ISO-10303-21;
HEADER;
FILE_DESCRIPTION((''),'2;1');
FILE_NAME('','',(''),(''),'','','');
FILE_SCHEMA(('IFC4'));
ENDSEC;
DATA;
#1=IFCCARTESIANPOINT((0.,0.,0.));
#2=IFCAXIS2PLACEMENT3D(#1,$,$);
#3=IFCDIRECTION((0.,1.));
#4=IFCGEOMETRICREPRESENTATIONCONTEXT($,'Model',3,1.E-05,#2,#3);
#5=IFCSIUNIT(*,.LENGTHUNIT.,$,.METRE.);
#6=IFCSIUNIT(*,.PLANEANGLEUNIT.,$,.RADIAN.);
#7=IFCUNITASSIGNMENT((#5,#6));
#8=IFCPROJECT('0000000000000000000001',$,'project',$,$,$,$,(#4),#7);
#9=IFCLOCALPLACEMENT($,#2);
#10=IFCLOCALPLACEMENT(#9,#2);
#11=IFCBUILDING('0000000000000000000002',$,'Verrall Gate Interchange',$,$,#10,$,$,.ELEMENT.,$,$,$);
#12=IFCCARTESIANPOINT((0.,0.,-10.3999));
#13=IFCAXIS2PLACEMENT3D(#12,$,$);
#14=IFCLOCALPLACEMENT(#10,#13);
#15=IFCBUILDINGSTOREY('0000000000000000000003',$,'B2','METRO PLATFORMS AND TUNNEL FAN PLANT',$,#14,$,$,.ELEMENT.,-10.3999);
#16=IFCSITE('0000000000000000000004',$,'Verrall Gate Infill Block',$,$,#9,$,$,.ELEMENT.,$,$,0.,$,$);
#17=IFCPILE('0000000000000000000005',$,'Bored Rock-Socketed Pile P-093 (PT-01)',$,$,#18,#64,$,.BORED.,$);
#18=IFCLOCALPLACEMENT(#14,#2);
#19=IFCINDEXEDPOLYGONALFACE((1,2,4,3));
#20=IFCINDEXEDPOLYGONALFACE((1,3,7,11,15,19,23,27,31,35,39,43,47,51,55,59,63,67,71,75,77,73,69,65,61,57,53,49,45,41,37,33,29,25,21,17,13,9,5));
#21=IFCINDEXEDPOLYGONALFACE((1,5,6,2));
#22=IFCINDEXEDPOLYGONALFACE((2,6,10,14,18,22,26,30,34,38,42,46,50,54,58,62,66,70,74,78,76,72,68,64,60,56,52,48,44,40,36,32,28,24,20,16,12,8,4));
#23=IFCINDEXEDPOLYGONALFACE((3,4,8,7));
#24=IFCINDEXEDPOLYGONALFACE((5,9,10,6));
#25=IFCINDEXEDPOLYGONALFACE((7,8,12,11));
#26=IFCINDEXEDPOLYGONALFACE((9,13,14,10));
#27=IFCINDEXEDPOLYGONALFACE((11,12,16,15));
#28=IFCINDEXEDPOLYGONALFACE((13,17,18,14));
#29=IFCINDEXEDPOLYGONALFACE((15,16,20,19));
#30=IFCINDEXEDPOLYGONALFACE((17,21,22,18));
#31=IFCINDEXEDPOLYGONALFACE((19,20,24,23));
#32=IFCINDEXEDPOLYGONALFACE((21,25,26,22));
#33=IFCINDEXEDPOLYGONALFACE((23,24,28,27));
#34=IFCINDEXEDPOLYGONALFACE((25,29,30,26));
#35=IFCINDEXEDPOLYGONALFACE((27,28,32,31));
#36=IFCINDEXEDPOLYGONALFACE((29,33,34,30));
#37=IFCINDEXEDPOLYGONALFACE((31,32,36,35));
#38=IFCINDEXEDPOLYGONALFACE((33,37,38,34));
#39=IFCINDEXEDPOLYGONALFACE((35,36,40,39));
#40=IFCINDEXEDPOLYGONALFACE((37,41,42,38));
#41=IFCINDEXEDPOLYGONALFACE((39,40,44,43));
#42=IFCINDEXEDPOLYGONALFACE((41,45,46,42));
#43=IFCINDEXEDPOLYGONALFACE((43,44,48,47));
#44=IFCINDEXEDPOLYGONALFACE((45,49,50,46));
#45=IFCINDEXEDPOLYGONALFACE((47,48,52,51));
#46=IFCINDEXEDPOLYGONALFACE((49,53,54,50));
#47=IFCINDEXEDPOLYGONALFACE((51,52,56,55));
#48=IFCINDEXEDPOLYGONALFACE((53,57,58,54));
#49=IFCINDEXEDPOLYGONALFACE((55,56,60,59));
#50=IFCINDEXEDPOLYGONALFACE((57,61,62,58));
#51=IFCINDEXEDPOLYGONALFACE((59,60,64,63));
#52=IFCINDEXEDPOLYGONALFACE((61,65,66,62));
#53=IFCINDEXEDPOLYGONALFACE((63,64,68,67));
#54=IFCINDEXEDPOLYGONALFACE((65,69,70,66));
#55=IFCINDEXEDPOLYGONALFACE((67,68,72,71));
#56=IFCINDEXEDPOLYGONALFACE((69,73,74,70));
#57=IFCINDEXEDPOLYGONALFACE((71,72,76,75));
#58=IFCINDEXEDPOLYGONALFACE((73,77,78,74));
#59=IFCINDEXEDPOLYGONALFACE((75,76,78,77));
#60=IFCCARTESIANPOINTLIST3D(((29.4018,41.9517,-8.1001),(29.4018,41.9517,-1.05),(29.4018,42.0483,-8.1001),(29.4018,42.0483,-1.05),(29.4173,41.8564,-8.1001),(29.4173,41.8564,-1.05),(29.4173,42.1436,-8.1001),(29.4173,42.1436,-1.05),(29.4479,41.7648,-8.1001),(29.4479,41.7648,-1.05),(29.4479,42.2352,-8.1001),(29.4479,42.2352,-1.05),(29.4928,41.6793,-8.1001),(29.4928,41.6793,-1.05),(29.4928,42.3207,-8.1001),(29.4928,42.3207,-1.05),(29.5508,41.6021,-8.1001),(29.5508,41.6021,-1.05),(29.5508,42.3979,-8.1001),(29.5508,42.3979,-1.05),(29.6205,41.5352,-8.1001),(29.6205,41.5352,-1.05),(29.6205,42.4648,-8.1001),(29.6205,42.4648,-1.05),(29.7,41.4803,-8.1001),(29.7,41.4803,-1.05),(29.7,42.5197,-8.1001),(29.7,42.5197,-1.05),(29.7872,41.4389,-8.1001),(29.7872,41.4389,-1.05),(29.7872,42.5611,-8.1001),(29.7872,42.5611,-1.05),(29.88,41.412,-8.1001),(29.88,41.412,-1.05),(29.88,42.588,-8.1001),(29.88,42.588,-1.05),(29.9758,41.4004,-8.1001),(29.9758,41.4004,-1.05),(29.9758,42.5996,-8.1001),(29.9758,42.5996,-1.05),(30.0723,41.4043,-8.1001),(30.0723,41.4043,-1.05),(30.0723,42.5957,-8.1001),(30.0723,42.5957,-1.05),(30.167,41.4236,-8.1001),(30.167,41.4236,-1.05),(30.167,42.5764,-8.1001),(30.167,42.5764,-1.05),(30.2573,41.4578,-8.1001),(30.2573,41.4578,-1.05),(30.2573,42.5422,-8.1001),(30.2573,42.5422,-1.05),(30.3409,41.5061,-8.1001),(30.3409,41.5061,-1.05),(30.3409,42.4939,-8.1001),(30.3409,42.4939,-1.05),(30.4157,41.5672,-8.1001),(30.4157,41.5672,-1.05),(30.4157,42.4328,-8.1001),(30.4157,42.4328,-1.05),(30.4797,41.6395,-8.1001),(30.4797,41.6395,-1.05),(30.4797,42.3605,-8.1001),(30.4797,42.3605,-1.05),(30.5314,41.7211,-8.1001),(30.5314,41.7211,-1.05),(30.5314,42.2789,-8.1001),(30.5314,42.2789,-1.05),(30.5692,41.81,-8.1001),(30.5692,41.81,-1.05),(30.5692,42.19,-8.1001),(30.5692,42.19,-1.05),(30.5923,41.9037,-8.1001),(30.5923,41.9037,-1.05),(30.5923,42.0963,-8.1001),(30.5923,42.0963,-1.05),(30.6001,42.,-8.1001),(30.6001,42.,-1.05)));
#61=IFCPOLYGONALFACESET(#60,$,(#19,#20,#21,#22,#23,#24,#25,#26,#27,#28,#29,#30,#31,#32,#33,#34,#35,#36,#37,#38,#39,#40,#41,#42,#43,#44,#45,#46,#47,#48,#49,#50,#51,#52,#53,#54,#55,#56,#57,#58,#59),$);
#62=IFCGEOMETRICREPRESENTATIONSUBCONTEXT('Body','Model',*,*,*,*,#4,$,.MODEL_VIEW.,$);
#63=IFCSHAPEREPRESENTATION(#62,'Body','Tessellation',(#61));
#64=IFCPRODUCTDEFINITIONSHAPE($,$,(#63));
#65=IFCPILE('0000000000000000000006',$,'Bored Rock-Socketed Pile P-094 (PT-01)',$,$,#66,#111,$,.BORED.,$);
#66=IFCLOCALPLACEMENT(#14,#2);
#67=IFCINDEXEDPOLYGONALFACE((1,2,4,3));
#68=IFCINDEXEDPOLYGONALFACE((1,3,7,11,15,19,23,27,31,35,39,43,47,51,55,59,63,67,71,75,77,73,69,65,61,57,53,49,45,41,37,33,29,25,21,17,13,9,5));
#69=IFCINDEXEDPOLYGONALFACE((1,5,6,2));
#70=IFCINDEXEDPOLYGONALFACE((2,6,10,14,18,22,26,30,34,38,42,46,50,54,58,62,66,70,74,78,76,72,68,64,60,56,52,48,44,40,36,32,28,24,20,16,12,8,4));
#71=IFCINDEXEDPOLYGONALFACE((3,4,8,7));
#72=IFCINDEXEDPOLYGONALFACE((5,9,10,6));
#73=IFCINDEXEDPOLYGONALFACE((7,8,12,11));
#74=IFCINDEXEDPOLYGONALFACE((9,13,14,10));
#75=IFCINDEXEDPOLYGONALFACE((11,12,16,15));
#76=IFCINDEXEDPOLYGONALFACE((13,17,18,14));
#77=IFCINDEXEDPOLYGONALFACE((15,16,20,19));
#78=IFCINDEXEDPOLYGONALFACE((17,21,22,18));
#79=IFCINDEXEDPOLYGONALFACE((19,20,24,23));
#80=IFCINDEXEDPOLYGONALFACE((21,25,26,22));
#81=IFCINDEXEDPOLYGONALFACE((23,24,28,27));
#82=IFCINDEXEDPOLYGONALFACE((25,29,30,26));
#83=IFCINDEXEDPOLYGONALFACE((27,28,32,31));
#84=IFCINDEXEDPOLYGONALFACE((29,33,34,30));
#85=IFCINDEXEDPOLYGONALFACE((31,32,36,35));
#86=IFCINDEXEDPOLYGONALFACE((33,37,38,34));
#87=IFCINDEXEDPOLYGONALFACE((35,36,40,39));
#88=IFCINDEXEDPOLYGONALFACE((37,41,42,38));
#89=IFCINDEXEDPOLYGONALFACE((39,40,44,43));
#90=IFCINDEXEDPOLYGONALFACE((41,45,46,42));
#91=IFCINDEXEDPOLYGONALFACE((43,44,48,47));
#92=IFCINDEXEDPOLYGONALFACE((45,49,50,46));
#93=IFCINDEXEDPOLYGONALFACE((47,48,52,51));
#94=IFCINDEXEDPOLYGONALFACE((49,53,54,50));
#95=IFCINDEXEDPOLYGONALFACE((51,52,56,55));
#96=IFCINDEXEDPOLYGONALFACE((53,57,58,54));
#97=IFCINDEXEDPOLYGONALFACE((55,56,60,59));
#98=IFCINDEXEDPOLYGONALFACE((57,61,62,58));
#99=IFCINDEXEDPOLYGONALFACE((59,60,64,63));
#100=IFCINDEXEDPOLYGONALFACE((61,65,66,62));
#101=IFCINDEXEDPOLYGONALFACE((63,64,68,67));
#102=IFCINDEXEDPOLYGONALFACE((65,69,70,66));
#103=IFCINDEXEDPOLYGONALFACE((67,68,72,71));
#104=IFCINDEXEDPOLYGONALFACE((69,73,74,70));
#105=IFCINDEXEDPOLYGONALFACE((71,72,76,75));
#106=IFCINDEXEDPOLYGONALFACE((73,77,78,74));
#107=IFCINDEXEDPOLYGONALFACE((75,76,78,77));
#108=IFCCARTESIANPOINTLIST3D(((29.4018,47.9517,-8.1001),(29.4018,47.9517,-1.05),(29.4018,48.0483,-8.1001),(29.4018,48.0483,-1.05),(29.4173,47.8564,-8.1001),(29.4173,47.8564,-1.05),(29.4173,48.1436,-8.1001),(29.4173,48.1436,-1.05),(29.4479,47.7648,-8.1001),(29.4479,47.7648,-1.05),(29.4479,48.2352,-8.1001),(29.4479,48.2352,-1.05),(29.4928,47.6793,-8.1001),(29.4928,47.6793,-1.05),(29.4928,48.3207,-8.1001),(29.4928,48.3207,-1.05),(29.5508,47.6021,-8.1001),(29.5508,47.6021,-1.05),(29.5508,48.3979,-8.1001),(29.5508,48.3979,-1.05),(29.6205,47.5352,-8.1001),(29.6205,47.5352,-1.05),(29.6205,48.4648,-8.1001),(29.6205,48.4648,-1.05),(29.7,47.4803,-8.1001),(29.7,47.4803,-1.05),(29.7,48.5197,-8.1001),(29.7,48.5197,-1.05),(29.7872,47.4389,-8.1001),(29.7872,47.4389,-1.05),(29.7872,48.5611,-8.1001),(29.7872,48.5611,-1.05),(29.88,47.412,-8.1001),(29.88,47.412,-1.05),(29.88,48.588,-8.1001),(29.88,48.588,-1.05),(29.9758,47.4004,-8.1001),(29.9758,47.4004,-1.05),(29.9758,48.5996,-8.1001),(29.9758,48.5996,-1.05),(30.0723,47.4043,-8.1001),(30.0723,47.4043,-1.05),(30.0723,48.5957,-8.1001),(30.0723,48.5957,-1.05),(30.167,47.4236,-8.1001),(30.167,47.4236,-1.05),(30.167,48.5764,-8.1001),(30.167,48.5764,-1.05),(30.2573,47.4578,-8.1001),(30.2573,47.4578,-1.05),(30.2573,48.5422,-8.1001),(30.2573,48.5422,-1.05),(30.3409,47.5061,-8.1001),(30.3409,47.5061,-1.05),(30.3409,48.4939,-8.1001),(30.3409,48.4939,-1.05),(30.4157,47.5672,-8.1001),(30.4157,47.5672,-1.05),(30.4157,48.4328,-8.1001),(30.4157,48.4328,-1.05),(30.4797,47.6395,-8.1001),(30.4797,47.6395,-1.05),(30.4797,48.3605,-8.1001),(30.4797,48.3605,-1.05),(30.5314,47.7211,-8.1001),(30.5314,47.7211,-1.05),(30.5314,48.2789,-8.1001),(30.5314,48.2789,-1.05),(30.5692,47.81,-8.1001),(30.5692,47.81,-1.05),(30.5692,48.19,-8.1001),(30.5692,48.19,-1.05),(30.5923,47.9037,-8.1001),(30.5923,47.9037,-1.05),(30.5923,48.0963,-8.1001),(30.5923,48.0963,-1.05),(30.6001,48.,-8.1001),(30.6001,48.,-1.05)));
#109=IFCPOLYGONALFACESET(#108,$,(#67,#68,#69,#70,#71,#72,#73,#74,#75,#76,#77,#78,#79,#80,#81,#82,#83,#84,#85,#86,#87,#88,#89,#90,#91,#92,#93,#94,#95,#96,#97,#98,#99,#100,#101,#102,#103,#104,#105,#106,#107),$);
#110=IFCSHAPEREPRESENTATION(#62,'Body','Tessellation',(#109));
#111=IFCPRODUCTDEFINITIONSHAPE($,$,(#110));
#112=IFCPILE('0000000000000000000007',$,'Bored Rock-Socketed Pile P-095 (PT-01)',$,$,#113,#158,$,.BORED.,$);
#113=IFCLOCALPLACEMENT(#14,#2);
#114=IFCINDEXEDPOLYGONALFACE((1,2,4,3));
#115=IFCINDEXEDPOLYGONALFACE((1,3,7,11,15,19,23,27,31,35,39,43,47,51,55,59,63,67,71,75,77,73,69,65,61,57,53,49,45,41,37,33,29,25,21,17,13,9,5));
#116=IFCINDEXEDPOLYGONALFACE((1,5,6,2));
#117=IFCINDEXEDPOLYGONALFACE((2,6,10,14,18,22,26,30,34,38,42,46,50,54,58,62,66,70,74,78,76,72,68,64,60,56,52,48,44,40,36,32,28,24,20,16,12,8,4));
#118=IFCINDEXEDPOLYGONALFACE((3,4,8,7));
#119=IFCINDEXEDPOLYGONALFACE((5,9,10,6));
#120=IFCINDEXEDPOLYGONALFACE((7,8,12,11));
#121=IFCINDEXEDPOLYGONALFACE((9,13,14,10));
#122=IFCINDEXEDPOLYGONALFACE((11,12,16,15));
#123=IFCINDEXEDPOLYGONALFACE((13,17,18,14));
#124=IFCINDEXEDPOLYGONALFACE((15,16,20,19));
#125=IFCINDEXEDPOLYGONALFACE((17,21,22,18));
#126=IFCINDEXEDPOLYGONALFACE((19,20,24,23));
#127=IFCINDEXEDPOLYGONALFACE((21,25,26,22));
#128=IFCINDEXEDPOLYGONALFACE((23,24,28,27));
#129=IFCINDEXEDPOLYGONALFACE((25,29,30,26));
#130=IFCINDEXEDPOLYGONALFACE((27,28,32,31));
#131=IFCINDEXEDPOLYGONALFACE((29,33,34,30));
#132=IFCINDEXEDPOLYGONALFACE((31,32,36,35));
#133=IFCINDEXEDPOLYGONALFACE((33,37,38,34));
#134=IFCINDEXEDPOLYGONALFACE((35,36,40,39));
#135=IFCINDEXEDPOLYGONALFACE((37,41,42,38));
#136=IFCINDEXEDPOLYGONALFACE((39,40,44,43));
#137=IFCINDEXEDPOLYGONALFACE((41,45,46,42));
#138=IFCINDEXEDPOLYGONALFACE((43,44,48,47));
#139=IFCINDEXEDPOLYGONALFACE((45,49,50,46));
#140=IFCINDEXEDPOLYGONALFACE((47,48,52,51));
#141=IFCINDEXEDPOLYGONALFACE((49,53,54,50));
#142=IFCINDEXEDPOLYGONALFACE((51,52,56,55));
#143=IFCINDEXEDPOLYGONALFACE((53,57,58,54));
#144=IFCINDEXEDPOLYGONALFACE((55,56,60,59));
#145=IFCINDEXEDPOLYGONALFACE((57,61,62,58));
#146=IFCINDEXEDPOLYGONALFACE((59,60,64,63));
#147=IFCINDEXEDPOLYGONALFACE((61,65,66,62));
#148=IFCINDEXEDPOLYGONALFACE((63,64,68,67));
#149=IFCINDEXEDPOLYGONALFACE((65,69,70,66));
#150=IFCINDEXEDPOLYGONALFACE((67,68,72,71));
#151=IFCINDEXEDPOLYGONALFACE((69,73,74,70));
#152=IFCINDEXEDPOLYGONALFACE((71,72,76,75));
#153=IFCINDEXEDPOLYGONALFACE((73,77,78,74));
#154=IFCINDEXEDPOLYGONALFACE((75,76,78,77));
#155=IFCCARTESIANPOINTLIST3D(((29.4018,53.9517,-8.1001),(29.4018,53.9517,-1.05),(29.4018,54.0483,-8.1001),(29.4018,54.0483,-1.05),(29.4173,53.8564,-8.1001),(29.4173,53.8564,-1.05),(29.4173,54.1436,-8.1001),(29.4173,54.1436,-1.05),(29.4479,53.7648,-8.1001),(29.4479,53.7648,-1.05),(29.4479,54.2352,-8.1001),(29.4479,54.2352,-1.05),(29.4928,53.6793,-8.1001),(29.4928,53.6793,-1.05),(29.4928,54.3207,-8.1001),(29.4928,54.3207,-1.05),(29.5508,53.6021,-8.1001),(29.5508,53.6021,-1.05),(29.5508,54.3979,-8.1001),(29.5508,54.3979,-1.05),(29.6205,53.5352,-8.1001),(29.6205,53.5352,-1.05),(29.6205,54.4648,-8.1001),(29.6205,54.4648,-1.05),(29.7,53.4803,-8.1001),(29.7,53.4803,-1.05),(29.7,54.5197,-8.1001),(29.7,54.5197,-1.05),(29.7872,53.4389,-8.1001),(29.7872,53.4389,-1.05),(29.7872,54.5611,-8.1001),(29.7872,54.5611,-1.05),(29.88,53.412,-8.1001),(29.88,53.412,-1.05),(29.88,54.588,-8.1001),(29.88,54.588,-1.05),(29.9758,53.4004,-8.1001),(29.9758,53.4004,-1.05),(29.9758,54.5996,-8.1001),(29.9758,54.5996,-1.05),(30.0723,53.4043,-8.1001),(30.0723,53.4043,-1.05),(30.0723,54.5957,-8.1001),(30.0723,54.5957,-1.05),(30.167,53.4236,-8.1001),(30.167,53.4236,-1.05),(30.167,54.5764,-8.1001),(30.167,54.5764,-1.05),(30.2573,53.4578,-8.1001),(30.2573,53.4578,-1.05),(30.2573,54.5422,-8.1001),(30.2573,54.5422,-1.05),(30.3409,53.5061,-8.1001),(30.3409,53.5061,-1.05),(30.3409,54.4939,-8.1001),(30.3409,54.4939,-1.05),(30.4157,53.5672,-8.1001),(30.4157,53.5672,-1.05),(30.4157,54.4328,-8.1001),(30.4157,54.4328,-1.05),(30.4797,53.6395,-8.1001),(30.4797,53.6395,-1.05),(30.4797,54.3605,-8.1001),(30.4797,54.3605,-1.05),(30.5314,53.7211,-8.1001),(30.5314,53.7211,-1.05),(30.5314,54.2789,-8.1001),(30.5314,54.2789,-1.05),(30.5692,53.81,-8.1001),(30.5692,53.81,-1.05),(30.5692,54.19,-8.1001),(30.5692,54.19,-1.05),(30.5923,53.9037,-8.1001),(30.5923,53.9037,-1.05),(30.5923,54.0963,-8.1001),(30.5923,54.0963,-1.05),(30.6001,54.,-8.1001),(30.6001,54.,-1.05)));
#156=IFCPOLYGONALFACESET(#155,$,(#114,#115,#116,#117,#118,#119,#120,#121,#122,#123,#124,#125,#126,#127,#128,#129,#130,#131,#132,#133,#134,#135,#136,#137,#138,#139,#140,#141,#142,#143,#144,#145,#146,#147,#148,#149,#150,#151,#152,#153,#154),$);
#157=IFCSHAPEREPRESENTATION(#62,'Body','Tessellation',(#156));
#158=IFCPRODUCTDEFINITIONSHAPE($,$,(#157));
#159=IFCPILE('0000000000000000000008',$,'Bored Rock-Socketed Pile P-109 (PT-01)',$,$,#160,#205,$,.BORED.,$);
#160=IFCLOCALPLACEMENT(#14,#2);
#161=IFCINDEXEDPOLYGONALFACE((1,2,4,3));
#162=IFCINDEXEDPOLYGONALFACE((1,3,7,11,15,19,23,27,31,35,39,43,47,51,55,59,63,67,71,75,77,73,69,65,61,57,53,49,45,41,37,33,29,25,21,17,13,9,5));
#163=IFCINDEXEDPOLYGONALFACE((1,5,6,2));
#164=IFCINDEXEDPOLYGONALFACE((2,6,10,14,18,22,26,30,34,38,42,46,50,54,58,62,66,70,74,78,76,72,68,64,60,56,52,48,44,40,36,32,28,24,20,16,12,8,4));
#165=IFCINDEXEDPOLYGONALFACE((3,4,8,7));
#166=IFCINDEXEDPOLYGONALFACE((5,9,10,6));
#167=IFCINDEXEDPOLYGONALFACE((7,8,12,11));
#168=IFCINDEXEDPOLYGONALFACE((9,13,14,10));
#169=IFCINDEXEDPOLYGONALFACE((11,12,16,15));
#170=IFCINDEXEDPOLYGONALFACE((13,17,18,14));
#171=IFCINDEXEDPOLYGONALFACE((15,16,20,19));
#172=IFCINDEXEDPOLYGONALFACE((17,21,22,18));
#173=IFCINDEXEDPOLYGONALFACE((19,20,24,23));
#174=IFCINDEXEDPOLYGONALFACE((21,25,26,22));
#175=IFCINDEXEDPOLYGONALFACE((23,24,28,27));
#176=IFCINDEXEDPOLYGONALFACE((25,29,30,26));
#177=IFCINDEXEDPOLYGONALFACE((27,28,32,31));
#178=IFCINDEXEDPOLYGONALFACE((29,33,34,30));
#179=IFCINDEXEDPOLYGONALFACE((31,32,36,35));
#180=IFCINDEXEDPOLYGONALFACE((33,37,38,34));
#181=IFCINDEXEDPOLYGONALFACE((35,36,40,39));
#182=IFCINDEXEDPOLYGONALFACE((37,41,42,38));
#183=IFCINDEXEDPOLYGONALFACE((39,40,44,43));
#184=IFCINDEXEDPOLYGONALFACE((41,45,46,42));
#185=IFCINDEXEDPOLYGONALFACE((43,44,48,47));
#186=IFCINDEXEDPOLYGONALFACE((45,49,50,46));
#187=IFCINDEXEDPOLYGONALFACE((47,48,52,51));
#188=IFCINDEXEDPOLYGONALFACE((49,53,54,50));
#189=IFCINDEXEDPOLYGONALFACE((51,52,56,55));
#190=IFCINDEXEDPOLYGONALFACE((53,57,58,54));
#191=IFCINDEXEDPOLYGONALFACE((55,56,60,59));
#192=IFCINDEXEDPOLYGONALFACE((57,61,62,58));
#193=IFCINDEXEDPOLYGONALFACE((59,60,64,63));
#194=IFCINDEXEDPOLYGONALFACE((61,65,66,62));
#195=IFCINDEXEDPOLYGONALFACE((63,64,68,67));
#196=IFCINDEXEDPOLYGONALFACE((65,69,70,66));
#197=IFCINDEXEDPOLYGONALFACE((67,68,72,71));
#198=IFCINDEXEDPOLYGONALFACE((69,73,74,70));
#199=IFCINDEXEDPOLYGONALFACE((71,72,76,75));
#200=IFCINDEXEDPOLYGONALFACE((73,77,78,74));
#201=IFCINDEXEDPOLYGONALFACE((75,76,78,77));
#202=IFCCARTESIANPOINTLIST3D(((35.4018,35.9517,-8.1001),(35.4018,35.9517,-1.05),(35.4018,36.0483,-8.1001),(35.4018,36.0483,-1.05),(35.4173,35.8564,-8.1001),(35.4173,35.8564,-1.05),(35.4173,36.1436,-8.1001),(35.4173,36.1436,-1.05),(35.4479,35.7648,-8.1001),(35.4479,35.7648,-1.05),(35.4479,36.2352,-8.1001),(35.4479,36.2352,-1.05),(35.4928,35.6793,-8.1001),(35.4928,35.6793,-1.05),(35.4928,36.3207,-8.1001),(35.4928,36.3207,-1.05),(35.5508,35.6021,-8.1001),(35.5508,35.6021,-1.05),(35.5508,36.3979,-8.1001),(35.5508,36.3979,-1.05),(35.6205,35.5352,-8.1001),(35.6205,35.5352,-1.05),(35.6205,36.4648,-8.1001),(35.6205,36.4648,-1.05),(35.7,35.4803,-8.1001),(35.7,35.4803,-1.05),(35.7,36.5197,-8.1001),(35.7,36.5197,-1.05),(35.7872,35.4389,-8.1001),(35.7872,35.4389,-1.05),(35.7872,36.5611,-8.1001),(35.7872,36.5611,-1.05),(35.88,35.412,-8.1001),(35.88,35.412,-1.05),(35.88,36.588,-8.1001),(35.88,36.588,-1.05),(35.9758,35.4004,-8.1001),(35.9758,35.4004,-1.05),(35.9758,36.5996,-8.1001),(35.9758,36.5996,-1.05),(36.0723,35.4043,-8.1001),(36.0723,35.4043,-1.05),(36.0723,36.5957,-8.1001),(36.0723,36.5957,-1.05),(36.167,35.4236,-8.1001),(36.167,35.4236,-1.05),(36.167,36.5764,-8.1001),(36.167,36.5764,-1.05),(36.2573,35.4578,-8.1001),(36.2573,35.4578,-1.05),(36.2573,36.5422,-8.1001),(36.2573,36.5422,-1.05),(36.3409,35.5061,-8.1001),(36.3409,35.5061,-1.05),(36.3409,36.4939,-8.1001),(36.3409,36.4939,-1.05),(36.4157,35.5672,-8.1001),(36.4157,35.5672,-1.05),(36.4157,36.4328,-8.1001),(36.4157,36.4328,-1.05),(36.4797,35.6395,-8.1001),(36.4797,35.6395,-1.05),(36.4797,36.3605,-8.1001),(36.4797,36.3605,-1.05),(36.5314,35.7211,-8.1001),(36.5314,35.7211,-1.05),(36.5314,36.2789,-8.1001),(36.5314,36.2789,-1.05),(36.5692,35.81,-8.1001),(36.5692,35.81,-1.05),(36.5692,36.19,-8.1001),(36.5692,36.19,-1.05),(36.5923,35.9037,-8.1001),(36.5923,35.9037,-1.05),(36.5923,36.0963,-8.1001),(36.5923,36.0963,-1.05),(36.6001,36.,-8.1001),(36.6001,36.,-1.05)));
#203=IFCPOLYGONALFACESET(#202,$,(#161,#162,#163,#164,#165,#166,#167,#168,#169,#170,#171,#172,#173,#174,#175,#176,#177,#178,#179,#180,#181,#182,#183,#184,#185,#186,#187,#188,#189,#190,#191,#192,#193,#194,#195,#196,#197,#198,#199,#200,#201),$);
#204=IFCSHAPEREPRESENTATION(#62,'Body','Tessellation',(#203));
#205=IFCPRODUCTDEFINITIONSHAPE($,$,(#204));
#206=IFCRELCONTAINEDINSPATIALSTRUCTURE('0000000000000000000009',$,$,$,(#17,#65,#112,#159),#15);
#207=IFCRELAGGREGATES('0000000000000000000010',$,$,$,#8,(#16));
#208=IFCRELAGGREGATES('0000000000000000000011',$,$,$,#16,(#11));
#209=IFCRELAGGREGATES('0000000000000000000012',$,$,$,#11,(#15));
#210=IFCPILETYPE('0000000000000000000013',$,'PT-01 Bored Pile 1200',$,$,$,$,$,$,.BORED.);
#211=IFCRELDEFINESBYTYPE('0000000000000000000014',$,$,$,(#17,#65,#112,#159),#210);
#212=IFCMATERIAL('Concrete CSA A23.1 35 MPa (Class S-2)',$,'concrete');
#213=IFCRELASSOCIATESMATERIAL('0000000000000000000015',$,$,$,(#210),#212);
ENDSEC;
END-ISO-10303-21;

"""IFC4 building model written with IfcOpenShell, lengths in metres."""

from ifc_helpers import new_model, si_unit, direction, frame, origin, origin_2d, place, context, subcontext, project, spatial, circle, extrude, material, material_profile, profile_set, type_object, element, save


model = new_model("IFC4")

# Units and contexts
model_context = context("Model", 3, precision=1e-05, world=origin(), true_north=direction((0.0, 1.0)))
body_context = subcontext(model_context, "Body", "Model", "MODEL_VIEW")
ifc_project = project(units=[si_unit("LENGTHUNIT", "METRE"), si_unit("PLANEANGLEUNIT", "RADIAN")], contexts=[model_context])

# Site, building, storey
site_placement = place(None, origin())
site = spatial("IfcSite", under=ifc_project, at=site_placement, Name="Verrall Gate Infill Block", CompositionType="ELEMENT", RefElevation=0.0)
building_placement = place(site_placement, origin())
building = spatial("IfcBuilding", under=site, at=building_placement, Name="Verrall Gate Interchange", CompositionType="ELEMENT")
storey_placement = place(building_placement, frame((0.0, 0.0, -10.3999)))
storey = spatial("IfcBuildingStorey", under=building, at=storey_placement, Name="B2", Description="METRO PLATFORMS AND TUNNEL FAN PLANT", CompositionType="ELEMENT", Elevation=-10.3999)

# Piles
ifc_material_1 = material(Name="Concrete CSA A23.1 35 MPa (Class S-2)", Category="concrete")
ifc_material_profile_1 = material_profile(ifc_material_1, circle(Radius=0.6001, at=origin_2d()), Name="PILE1200D")
ifc_profile_set_1 = profile_set([ifc_material_profile_1], Name="Concrete CSA A23.1 35 MPa (Class S-2)")
pile_type = type_object("IfcPileType", Name="PT-01 Bored Pile 1200", PredefinedType="BORED", material=ifc_profile_set_1)
for number, where, z_axis, x_axis, name in (
    (1, (30.0, 42.0, -1.05), (0.0, 0.0, -1.0), (1.0, 0.0, 0.0), "Bored Rock-Socketed Pile P-093 (PT-01)"),
    (2, (30.0, 48.0, -1.05), (0.0, 0.0, -1.0), (1.0, 0.0, 0.0), "Bored Rock-Socketed Pile P-094 (PT-01)"),
    (3, (30.0, 54.0, -1.05), (0.0, 0.0, -1.0), (1.0, 0.0, 0.0), "Bored Rock-Socketed Pile P-095 (PT-01)"),
    (4, (36.0, 36.0, -1.05), (0.0, 0.0, -1.0), (1.0, 0.0, 0.0), "Bored Rock-Socketed Pile P-109 (PT-01)"),
):
    element("IfcPile", number, at=place(storey_placement, frame(where, z_axis=z_axis, x_axis=x_axis)), inside=storey, type_object=pile_type, Name=name, PredefinedType="BORED", context=body_context, shape_type="SweptSolid", body=[
        extrude(circle(Radius=0.6001, at=origin_2d()), origin(), (0.0, 0.0, 1.0), 7.05),
    ])

save(model, "model.ifc")
